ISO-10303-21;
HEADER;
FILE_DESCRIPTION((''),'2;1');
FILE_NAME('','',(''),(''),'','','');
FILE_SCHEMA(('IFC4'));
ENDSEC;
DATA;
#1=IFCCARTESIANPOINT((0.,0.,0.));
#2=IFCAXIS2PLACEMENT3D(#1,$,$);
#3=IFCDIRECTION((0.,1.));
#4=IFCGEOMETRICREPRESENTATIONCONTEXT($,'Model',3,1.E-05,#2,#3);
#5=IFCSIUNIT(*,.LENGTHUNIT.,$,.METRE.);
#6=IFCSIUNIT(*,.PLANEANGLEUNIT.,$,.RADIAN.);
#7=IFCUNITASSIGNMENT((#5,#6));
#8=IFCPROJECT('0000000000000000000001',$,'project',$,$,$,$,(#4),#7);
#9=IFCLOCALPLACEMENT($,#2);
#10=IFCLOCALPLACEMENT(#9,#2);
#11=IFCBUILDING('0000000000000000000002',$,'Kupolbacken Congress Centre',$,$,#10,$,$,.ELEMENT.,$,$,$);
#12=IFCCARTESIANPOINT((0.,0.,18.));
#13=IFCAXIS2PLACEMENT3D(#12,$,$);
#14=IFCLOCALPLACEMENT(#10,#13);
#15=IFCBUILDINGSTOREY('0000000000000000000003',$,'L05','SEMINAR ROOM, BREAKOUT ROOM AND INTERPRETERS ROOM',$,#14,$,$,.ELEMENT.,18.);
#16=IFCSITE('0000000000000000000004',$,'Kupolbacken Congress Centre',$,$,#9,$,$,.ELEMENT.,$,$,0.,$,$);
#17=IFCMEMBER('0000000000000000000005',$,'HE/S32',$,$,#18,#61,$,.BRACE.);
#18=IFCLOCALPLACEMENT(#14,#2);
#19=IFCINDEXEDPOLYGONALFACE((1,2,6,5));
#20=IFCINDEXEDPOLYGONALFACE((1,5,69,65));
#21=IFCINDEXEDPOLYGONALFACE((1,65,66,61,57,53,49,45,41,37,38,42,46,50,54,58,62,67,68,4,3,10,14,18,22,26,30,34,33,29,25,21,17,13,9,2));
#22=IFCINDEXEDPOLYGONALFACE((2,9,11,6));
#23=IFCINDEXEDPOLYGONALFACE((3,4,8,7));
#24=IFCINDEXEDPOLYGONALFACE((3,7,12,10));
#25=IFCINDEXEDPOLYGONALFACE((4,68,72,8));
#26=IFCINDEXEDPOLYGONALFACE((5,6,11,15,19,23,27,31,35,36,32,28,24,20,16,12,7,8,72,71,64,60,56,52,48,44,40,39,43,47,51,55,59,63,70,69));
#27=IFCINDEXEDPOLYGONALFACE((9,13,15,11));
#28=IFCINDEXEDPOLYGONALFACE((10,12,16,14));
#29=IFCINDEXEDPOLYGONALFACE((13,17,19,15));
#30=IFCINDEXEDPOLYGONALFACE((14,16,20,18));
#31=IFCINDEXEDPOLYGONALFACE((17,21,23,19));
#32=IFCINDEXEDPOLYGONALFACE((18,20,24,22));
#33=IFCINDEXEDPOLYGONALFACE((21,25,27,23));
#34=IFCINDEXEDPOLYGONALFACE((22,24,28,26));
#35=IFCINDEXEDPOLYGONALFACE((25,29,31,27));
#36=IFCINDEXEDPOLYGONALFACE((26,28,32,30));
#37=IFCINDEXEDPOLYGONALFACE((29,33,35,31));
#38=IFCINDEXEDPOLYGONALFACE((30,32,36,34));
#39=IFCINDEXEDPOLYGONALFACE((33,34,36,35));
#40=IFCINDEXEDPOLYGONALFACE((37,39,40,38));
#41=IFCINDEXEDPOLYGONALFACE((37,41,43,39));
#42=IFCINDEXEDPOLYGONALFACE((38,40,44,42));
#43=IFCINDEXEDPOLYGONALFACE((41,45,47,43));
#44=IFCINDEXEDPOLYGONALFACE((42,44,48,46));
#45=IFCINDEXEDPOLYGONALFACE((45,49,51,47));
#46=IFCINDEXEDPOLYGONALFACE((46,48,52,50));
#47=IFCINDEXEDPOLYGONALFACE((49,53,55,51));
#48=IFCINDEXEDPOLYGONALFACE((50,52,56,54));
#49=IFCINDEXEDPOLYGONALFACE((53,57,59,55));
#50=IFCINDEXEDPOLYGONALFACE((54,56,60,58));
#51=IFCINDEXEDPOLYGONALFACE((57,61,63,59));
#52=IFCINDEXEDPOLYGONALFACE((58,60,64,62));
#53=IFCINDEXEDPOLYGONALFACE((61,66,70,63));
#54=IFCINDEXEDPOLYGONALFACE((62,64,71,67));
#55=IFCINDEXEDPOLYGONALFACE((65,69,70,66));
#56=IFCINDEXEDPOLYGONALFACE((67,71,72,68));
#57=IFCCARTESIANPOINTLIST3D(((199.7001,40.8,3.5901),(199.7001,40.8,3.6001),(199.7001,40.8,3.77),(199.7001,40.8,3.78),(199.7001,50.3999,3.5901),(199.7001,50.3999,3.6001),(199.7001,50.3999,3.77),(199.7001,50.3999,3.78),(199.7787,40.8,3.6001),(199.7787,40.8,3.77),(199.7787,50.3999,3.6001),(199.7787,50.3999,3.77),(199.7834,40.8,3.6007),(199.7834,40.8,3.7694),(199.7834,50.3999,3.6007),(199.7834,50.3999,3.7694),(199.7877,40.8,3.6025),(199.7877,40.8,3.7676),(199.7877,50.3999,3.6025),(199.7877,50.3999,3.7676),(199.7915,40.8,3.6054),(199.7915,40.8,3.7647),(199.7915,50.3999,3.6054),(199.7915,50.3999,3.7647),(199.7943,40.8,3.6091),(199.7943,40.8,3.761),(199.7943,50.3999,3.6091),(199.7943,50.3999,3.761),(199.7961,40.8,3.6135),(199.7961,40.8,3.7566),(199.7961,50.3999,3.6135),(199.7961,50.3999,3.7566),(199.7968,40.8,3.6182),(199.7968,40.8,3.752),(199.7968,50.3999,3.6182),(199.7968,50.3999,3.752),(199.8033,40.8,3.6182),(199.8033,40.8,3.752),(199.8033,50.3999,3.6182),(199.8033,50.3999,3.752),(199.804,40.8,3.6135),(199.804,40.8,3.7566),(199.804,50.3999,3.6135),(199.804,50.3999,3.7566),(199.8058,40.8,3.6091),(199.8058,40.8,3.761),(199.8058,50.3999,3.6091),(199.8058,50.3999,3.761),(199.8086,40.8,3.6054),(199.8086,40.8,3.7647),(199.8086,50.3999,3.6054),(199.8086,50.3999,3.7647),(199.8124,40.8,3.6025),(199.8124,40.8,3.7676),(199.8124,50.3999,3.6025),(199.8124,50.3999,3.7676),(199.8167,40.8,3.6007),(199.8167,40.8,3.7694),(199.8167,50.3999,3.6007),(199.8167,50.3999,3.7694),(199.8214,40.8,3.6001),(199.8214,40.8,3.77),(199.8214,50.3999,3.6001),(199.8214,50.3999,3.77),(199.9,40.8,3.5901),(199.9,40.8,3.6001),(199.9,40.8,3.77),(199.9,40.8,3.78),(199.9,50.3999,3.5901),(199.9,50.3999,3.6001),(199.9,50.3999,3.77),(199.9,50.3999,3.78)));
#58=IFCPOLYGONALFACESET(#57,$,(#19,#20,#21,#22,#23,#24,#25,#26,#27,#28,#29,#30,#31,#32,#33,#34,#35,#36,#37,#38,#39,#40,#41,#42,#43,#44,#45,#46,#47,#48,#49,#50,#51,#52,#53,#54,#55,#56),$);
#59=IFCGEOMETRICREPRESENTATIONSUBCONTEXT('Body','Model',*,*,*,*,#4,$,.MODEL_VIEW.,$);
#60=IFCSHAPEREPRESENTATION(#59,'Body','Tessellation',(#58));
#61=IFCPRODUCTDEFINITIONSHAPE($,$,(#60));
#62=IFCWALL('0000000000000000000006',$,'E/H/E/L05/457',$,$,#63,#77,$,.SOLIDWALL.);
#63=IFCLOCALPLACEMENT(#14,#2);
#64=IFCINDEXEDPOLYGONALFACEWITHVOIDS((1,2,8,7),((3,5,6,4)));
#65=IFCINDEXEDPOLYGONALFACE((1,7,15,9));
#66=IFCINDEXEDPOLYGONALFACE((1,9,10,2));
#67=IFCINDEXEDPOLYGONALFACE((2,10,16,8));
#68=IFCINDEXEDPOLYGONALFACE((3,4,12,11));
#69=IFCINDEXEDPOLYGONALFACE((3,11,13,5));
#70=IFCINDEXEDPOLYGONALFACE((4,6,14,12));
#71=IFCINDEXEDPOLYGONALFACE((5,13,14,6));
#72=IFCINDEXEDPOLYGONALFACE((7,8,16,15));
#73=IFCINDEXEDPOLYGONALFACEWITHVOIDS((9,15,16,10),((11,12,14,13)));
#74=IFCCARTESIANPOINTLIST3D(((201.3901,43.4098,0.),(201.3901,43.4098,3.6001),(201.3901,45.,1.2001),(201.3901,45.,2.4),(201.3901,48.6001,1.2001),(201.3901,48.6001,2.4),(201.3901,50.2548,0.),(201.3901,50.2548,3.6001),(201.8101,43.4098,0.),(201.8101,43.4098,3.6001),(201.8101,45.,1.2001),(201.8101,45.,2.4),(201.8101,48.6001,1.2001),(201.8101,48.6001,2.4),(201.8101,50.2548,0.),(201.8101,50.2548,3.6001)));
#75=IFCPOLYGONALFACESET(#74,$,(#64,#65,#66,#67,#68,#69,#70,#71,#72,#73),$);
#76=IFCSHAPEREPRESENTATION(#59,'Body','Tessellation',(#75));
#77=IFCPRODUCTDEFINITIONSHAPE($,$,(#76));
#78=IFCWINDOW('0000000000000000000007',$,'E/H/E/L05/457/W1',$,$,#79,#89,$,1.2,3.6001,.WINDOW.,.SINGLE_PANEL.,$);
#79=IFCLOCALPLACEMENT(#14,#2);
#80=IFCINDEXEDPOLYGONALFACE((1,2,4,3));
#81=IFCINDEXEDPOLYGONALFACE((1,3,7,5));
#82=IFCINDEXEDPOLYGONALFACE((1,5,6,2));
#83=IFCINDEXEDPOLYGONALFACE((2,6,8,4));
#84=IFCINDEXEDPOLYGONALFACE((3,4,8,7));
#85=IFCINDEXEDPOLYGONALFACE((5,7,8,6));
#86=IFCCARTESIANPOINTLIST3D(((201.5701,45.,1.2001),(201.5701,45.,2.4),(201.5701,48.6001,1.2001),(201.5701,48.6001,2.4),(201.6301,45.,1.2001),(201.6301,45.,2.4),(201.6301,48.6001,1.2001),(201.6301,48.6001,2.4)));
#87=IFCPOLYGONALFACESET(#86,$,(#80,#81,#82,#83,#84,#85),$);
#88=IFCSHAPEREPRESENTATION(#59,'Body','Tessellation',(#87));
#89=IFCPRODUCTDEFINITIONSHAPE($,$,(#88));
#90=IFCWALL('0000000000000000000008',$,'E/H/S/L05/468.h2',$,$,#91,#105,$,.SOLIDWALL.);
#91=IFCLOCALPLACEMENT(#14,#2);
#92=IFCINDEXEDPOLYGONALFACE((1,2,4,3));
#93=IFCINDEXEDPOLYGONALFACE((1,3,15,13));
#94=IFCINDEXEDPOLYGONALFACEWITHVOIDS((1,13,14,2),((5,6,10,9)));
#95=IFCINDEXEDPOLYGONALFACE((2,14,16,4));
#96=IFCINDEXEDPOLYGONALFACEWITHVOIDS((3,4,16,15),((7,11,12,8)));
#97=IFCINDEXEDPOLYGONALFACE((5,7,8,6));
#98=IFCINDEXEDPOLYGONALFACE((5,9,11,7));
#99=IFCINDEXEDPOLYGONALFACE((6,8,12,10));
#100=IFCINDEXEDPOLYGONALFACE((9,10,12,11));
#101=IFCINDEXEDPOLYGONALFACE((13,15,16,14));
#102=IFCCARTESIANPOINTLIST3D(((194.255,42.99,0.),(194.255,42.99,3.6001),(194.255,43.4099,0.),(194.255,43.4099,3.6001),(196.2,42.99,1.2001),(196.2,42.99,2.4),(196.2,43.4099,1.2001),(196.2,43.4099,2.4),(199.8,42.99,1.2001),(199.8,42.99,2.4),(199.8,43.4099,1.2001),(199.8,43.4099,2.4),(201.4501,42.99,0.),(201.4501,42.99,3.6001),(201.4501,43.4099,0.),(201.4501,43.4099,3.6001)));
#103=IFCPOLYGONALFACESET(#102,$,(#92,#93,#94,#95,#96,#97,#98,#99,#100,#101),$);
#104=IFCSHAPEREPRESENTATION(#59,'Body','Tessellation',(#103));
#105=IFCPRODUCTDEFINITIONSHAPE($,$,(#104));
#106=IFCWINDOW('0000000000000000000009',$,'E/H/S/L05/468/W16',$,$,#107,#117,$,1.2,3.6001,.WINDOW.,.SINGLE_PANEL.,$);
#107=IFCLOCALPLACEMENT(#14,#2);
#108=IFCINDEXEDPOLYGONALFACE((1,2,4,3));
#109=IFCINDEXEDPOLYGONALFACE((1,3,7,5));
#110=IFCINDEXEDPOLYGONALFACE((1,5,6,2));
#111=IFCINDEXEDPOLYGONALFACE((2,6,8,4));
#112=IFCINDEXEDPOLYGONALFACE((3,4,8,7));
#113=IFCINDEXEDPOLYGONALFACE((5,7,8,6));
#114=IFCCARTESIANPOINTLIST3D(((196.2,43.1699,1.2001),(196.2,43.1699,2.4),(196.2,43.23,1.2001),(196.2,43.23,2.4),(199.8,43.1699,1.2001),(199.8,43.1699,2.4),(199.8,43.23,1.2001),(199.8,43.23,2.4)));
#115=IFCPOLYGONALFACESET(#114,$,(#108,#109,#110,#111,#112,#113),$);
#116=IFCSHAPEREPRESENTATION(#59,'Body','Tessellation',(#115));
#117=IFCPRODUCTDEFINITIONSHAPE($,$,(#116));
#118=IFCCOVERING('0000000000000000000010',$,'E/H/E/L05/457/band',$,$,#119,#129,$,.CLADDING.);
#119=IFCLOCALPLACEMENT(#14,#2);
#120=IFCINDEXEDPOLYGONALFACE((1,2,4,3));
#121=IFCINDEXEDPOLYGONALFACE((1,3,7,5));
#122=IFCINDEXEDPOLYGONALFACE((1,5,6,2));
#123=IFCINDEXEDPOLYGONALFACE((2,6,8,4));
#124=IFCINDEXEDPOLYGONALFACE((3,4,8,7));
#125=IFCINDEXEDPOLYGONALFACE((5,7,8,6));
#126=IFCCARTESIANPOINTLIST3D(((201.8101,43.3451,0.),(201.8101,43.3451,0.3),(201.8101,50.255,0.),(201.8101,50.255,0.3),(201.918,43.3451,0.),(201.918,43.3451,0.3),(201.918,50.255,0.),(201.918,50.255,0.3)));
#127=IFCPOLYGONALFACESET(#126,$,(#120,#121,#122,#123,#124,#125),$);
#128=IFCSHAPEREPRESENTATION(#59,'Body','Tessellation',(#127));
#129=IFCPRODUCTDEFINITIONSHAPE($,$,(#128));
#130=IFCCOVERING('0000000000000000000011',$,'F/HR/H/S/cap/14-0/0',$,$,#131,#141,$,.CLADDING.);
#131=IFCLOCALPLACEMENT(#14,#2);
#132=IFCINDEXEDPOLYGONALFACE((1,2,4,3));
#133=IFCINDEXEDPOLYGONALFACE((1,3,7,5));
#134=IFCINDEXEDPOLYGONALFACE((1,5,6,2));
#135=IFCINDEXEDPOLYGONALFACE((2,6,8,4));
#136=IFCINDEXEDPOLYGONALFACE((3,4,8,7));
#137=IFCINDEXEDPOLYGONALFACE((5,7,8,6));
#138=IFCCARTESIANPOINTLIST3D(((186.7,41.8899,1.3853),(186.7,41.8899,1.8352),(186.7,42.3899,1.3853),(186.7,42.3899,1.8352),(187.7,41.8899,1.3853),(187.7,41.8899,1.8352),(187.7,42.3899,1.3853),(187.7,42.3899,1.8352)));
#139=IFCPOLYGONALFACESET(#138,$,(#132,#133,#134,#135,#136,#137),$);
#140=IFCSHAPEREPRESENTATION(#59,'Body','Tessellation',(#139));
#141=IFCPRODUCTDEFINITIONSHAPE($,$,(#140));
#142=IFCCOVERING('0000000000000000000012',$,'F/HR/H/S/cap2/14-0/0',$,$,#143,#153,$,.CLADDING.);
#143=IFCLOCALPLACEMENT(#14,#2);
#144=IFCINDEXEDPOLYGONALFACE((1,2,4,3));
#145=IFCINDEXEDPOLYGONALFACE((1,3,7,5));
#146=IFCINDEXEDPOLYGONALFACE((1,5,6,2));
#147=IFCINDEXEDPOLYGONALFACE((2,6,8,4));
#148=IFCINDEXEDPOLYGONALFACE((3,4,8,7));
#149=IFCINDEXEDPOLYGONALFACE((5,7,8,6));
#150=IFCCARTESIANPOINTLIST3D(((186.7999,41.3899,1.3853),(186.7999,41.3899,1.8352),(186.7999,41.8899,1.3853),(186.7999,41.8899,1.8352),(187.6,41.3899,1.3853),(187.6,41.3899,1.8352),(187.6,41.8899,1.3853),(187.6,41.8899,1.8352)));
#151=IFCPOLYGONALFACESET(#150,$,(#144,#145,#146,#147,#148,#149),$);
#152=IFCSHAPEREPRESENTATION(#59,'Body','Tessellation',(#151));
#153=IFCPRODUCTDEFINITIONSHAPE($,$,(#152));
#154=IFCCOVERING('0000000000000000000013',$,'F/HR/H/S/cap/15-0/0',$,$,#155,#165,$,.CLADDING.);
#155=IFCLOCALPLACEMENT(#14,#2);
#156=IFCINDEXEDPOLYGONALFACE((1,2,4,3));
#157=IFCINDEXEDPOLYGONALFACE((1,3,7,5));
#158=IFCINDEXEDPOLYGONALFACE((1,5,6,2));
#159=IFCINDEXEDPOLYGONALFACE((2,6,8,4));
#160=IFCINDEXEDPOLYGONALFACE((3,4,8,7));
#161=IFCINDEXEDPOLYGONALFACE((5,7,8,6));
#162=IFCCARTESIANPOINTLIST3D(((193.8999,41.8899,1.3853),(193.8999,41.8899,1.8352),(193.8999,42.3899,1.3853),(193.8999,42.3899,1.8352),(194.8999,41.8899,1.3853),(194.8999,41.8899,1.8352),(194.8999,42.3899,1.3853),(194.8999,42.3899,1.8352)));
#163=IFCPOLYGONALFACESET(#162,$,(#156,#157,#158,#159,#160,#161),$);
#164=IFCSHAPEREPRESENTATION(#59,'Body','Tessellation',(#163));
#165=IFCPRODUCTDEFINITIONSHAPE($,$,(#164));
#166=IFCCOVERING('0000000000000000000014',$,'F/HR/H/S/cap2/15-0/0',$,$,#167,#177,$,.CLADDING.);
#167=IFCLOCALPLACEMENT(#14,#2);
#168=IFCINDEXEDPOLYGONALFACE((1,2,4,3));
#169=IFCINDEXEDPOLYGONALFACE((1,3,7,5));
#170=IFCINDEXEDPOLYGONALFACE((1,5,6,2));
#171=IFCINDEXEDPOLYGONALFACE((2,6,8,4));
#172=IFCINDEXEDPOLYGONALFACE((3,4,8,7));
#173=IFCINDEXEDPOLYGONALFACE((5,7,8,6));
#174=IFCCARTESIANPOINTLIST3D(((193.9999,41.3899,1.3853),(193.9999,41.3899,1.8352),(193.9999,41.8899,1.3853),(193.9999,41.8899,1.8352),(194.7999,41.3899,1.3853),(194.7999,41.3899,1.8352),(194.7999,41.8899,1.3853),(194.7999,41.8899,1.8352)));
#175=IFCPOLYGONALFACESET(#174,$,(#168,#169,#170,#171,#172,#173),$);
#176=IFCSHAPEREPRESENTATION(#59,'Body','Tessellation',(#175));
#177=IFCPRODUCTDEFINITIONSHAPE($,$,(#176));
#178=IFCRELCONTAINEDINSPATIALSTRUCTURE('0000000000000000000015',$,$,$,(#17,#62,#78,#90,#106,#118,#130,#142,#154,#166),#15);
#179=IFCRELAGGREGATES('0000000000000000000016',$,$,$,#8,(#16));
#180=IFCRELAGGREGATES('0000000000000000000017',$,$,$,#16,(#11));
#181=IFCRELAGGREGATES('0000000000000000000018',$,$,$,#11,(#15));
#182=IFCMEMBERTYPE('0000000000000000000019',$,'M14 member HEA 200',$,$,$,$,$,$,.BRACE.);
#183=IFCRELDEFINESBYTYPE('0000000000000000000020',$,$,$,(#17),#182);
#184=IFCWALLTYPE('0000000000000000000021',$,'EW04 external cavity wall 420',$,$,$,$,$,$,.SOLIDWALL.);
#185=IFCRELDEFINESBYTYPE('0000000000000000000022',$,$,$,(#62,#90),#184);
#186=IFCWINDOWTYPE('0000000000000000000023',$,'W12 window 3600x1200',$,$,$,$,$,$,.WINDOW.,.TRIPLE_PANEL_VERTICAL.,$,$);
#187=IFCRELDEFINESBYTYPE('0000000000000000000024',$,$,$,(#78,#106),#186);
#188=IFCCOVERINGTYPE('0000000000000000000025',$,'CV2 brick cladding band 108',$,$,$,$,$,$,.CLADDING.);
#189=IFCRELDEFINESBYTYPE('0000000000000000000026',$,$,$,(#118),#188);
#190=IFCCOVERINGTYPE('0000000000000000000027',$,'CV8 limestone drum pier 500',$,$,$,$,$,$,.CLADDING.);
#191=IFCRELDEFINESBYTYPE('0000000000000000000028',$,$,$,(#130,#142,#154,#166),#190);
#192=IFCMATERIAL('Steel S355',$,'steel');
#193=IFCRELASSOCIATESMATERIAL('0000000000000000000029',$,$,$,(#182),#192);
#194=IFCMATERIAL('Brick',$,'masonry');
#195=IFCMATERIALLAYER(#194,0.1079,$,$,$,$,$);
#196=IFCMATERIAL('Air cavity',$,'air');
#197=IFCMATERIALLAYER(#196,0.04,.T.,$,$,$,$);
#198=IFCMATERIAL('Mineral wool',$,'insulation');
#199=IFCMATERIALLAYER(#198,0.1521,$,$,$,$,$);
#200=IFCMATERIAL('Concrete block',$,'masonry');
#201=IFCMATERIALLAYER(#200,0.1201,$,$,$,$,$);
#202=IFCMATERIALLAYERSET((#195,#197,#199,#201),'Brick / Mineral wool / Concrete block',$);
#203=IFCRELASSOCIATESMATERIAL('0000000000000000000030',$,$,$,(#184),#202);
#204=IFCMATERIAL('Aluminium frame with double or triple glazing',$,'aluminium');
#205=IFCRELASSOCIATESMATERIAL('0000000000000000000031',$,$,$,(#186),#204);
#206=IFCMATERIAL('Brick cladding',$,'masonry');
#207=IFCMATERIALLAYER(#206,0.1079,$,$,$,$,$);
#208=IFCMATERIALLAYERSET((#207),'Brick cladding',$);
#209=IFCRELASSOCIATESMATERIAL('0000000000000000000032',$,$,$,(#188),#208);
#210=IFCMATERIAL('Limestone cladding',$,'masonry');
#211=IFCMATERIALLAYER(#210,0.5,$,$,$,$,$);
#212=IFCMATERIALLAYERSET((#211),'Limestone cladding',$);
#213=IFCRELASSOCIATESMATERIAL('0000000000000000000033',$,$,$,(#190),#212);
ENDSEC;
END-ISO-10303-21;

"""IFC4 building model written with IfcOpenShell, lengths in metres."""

from ifc_helpers import new_model, si_unit, direction, frame, frame_2d, origin, origin_2d, place, context, subcontext, project, spatial, rectangle, i_section, extrude, material, layer, layer_set, material_profile, profile_set, type_object, element, fill, save


model = new_model("IFC4")

# Units and contexts
model_context = context("Model", 3, precision=1e-05, world=origin(), true_north=direction((0.0, 1.0)))
body_context = subcontext(model_context, "Body", "Model", "MODEL_VIEW")
ifc_project = project(units=[si_unit("LENGTHUNIT", "METRE"), si_unit("PLANEANGLEUNIT", "RADIAN")], contexts=[model_context])

# Site, building, storey
site_placement = place(None, origin())
site = spatial("IfcSite", under=ifc_project, at=site_placement, Name="Kupolbacken Congress Centre", CompositionType="ELEMENT", RefElevation=0.0)
building_placement = place(site_placement, origin())
building = spatial("IfcBuilding", under=site, at=building_placement, Name="Kupolbacken Congress Centre", CompositionType="ELEMENT")
storey_placement = place(building_placement, frame((0.0, 0.0, 18.0)))
storey = spatial("IfcBuildingStorey", under=building, at=storey_placement, Name="L05", Description="SEMINAR ROOM, BREAKOUT ROOM AND INTERPRETERS ROOM", CompositionType="ELEMENT", Elevation=18.0)

# Member
ifc_material_1 = material(Name="Steel S355", Category="steel")
ifc_material_profile_1 = material_profile(ifc_material_1, i_section(OverallWidth=0.2, OverallDepth=0.1899, WebThickness=0.0066, FlangeThickness=0.01, FilletRadius=0.0181, at=origin_2d()), Name="HEA 200")
ifc_profile_set_1 = profile_set([ifc_material_profile_1], Name="Steel S355")
member_type_1 = type_object("IfcMemberType", Name="M14 member HEA 200", PredefinedType="BRACE", material=ifc_profile_set_1)
for number, where, z_axis, x_axis, name in (
    (1, (199.8, 50.3999, 3.6851), (0.0, -1.0, 0.0), (1.0, 0.0, 0.0), "HE/S32"),
):
    element("IfcMember", number, at=place(storey_placement, frame(where, z_axis=z_axis, x_axis=x_axis)), inside=storey, type_object=member_type_1, Name=name, PredefinedType="BRACE", context=body_context, shape_type="SweptSolid", body=[
        extrude(i_section(OverallWidth=0.2, OverallDepth=0.1899, WebThickness=0.0066, FlangeThickness=0.01, FilletRadius=0.0181, at=origin_2d()), origin(), (0.0, 0.0, 1.0), 9.5999),
    ])

# Walls, openings, windows
ifc_material_2 = material(Name="Brick", Category="masonry")
ifc_layer_1 = layer(ifc_material_2, 0.1079)
ifc_material_3 = material(Name="Air cavity", Category="air")
ifc_layer_2 = layer(ifc_material_3, 0.04, ventilated=True)
ifc_material_4 = material(Name="Mineral wool", Category="insulation")
ifc_layer_3 = layer(ifc_material_4, 0.1521)
ifc_material_5 = material(Name="Concrete block", Category="masonry")
ifc_layer_4 = layer(ifc_material_5, 0.1201)
ifc_layer_set_1 = layer_set([ifc_layer_1, ifc_layer_2, ifc_layer_3, ifc_layer_4], Name="Brick / Mineral wool / Concrete block")
wall_type = type_object("IfcWallType", Name="EW04 external cavity wall 420", PredefinedType="SOLIDWALL", material=ifc_layer_set_1)
wall_1_placement = place(storey_placement, frame((201.6001, 43.4099, 0.0), z_axis=(0.0, 0.0, 1.0), x_axis=(0.0, 1.0, 0.0)))
wall_1 = element("IfcWall", 2, at=wall_1_placement, inside=storey, type_object=wall_type, Name="E/H/E/L05/457", PredefinedType="SOLIDWALL", context=body_context, shape_type="SweptSolid", body=[
    extrude(rectangle(XDim=6.845, YDim=0.4199, at=frame_2d((3.4224, 0.0))), origin(), (0.0, 0.0, 1.0), 3.6001),
])
opening_1_placement = place(wall_1_placement, frame((1.5901, 0.0, 1.2)))
opening_1 = element("IfcOpeningElement", 3, at=opening_1_placement, cuts=wall_1, PredefinedType="OPENING", context=body_context, shape_type="SweptSolid", body=[
    extrude(rectangle(XDim=3.6001, YDim=1.2, at=frame_2d((1.8, 0.6001))), frame((0.0, 0.22, 0.0), z_axis=(0.0, -1.0, 0.0), x_axis=(1.0, 0.0, 0.0)), (0.0, 0.0, 1.0), 0.4399),
])
ifc_material_6 = material(Name="Aluminium frame with double or triple glazing", Category="aluminium")
window_type = type_object("IfcWindowType", Name="W12 window 3600x1200", PartitioningType="TRIPLE_PANEL_VERTICAL", PredefinedType="WINDOW", material=ifc_material_6)
window_1_placement = place(opening_1_placement, origin())
window_1 = element("IfcWindow", 4, at=window_1_placement, inside=storey, type_object=window_type, Name="E/H/E/L05/457/W1", OverallHeight=1.2, OverallWidth=3.6001, PartitioningType="SINGLE_PANEL", PredefinedType="WINDOW", context=body_context, shape_type="SweptSolid", body=[
    extrude(rectangle(XDim=3.6001, YDim=1.2, at=frame_2d((1.8, 0.6001))), frame((0.0, 0.03, 0.0), z_axis=(0.0, -1.0, 0.0), x_axis=(1.0, 0.0, 0.0)), (0.0, 0.0, 1.0), 0.0601),
])
fill(opening_1, window_1)
wall_2_placement = place(storey_placement, frame((194.2549, 43.2, 0.0), z_axis=(0.0, 0.0, 1.0), x_axis=(1.0, 0.0, 0.0)))
wall_2 = element("IfcWall", 5, at=wall_2_placement, inside=storey, type_object=wall_type, Name="E/H/S/L05/468.h2", PredefinedType="SOLIDWALL", context=body_context, shape_type="SweptSolid", body=[
    extrude(rectangle(XDim=7.1951, YDim=0.4199, at=frame_2d((3.5977, 0.0))), origin(), (0.0, 0.0, 1.0), 3.6001),
])
opening_2_placement = place(wall_2_placement, frame((1.9451, 0.0, 1.2)))
opening_2 = element("IfcOpeningElement", 6, at=opening_2_placement, cuts=wall_2, PredefinedType="OPENING", context=body_context, shape_type="SweptSolid", body=[
    extrude(rectangle(XDim=3.6001, YDim=1.2, at=frame_2d((1.8, 0.6001))), frame((0.0, 0.22, 0.0), z_axis=(0.0, -1.0, 0.0), x_axis=(1.0, 0.0, 0.0)), (0.0, 0.0, 1.0), 0.4399),
])
window_2_placement = place(opening_2_placement, origin())
window_2 = element("IfcWindow", 7, at=window_2_placement, inside=storey, type_object=window_type, Name="E/H/S/L05/468/W16", OverallHeight=1.2, OverallWidth=3.6001, PartitioningType="SINGLE_PANEL", PredefinedType="WINDOW", context=body_context, shape_type="SweptSolid", body=[
    extrude(rectangle(XDim=3.6001, YDim=1.2, at=frame_2d((1.8, 0.6001))), frame((0.0, 0.03, 0.0), z_axis=(0.0, -1.0, 0.0), x_axis=(1.0, 0.0, 0.0)), (0.0, 0.0, 1.0), 0.0601),
])
fill(opening_2, window_2)

# Coverings
ifc_material_7 = material(Name="Brick cladding", Category="masonry")
ifc_layer_5 = layer(ifc_material_7, 0.1079)
ifc_layer_set_2 = layer_set([ifc_layer_5], Name="Brick cladding")
covering_type_1 = type_object("IfcCoveringType", Name="CV2 brick cladding band 108", PredefinedType="CLADDING", material=ifc_layer_set_2)
covering_1_placement = place(storey_placement, frame((201.864, 46.8, 0.0), z_axis=(0.0, 0.0, 1.0), x_axis=(0.0, 1.0, 0.0)))
element("IfcCovering", 8, at=covering_1_placement, inside=storey, type_object=covering_type_1, Name="E/H/E/L05/457/band", PredefinedType="CLADDING", context=body_context, shape_type="SweptSolid", body=[
    extrude(rectangle(XDim=6.9099, YDim=0.1079, at=origin_2d()), origin(), (0.0, 0.0, 1.0), 0.3),
])
ifc_material_8 = material(Name="Limestone cladding", Category="masonry")
ifc_layer_6 = layer(ifc_material_8, 0.5)
ifc_layer_set_3 = layer_set([ifc_layer_6], Name="Limestone cladding")
covering_type_2 = type_object("IfcCoveringType", Name="CV8 limestone drum pier 500", PredefinedType="CLADDING", material=ifc_layer_set_3)
covering_2_placement = place(storey_placement, frame((187.2, 42.1399, 1.3853), z_axis=(0.0, 0.0, 1.0), x_axis=(1.0, 0.0, 0.0)))
element("IfcCovering", 9, at=covering_2_placement, inside=storey, type_object=covering_type_2, Name="F/HR/H/S/cap/14-0/0", PredefinedType="CLADDING", context=body_context, shape_type="SweptSolid", body=[
    extrude(rectangle(XDim=1.0, YDim=0.5, at=origin_2d()), origin(), (0.0, 0.0, 1.0), 0.45),
])
covering_3_placement = place(storey_placement, frame((187.2, 41.6399, 1.3853), z_axis=(0.0, 0.0, 1.0), x_axis=(1.0, 0.0, 0.0)))
element("IfcCovering", 10, at=covering_3_placement, inside=storey, type_object=covering_type_2, Name="F/HR/H/S/cap2/14-0/0", PredefinedType="CLADDING", context=body_context, shape_type="SweptSolid", body=[
    extrude(rectangle(XDim=0.8, YDim=0.5, at=origin_2d()), origin(), (0.0, 0.0, 1.0), 0.45),
])
covering_4_placement = place(storey_placement, frame((194.3999, 42.1399, 1.3853), z_axis=(0.0, 0.0, 1.0), x_axis=(1.0, 0.0, 0.0)))
element("IfcCovering", 11, at=covering_4_placement, inside=storey, type_object=covering_type_2, Name="F/HR/H/S/cap/15-0/0", PredefinedType="CLADDING", context=body_context, shape_type="SweptSolid", body=[
    extrude(rectangle(XDim=1.0, YDim=0.5, at=origin_2d()), origin(), (0.0, 0.0, 1.0), 0.45),
])
covering_5_placement = place(storey_placement, frame((194.3999, 41.6399, 1.3853), z_axis=(0.0, 0.0, 1.0), x_axis=(1.0, 0.0, 0.0)))
element("IfcCovering", 12, at=covering_5_placement, inside=storey, type_object=covering_type_2, Name="F/HR/H/S/cap2/15-0/0", PredefinedType="CLADDING", context=body_context, shape_type="SweptSolid", body=[
    extrude(rectangle(XDim=0.8, YDim=0.5, at=origin_2d()), origin(), (0.0, 0.0, 1.0), 0.45),
])

save(model, "model.ifc")
